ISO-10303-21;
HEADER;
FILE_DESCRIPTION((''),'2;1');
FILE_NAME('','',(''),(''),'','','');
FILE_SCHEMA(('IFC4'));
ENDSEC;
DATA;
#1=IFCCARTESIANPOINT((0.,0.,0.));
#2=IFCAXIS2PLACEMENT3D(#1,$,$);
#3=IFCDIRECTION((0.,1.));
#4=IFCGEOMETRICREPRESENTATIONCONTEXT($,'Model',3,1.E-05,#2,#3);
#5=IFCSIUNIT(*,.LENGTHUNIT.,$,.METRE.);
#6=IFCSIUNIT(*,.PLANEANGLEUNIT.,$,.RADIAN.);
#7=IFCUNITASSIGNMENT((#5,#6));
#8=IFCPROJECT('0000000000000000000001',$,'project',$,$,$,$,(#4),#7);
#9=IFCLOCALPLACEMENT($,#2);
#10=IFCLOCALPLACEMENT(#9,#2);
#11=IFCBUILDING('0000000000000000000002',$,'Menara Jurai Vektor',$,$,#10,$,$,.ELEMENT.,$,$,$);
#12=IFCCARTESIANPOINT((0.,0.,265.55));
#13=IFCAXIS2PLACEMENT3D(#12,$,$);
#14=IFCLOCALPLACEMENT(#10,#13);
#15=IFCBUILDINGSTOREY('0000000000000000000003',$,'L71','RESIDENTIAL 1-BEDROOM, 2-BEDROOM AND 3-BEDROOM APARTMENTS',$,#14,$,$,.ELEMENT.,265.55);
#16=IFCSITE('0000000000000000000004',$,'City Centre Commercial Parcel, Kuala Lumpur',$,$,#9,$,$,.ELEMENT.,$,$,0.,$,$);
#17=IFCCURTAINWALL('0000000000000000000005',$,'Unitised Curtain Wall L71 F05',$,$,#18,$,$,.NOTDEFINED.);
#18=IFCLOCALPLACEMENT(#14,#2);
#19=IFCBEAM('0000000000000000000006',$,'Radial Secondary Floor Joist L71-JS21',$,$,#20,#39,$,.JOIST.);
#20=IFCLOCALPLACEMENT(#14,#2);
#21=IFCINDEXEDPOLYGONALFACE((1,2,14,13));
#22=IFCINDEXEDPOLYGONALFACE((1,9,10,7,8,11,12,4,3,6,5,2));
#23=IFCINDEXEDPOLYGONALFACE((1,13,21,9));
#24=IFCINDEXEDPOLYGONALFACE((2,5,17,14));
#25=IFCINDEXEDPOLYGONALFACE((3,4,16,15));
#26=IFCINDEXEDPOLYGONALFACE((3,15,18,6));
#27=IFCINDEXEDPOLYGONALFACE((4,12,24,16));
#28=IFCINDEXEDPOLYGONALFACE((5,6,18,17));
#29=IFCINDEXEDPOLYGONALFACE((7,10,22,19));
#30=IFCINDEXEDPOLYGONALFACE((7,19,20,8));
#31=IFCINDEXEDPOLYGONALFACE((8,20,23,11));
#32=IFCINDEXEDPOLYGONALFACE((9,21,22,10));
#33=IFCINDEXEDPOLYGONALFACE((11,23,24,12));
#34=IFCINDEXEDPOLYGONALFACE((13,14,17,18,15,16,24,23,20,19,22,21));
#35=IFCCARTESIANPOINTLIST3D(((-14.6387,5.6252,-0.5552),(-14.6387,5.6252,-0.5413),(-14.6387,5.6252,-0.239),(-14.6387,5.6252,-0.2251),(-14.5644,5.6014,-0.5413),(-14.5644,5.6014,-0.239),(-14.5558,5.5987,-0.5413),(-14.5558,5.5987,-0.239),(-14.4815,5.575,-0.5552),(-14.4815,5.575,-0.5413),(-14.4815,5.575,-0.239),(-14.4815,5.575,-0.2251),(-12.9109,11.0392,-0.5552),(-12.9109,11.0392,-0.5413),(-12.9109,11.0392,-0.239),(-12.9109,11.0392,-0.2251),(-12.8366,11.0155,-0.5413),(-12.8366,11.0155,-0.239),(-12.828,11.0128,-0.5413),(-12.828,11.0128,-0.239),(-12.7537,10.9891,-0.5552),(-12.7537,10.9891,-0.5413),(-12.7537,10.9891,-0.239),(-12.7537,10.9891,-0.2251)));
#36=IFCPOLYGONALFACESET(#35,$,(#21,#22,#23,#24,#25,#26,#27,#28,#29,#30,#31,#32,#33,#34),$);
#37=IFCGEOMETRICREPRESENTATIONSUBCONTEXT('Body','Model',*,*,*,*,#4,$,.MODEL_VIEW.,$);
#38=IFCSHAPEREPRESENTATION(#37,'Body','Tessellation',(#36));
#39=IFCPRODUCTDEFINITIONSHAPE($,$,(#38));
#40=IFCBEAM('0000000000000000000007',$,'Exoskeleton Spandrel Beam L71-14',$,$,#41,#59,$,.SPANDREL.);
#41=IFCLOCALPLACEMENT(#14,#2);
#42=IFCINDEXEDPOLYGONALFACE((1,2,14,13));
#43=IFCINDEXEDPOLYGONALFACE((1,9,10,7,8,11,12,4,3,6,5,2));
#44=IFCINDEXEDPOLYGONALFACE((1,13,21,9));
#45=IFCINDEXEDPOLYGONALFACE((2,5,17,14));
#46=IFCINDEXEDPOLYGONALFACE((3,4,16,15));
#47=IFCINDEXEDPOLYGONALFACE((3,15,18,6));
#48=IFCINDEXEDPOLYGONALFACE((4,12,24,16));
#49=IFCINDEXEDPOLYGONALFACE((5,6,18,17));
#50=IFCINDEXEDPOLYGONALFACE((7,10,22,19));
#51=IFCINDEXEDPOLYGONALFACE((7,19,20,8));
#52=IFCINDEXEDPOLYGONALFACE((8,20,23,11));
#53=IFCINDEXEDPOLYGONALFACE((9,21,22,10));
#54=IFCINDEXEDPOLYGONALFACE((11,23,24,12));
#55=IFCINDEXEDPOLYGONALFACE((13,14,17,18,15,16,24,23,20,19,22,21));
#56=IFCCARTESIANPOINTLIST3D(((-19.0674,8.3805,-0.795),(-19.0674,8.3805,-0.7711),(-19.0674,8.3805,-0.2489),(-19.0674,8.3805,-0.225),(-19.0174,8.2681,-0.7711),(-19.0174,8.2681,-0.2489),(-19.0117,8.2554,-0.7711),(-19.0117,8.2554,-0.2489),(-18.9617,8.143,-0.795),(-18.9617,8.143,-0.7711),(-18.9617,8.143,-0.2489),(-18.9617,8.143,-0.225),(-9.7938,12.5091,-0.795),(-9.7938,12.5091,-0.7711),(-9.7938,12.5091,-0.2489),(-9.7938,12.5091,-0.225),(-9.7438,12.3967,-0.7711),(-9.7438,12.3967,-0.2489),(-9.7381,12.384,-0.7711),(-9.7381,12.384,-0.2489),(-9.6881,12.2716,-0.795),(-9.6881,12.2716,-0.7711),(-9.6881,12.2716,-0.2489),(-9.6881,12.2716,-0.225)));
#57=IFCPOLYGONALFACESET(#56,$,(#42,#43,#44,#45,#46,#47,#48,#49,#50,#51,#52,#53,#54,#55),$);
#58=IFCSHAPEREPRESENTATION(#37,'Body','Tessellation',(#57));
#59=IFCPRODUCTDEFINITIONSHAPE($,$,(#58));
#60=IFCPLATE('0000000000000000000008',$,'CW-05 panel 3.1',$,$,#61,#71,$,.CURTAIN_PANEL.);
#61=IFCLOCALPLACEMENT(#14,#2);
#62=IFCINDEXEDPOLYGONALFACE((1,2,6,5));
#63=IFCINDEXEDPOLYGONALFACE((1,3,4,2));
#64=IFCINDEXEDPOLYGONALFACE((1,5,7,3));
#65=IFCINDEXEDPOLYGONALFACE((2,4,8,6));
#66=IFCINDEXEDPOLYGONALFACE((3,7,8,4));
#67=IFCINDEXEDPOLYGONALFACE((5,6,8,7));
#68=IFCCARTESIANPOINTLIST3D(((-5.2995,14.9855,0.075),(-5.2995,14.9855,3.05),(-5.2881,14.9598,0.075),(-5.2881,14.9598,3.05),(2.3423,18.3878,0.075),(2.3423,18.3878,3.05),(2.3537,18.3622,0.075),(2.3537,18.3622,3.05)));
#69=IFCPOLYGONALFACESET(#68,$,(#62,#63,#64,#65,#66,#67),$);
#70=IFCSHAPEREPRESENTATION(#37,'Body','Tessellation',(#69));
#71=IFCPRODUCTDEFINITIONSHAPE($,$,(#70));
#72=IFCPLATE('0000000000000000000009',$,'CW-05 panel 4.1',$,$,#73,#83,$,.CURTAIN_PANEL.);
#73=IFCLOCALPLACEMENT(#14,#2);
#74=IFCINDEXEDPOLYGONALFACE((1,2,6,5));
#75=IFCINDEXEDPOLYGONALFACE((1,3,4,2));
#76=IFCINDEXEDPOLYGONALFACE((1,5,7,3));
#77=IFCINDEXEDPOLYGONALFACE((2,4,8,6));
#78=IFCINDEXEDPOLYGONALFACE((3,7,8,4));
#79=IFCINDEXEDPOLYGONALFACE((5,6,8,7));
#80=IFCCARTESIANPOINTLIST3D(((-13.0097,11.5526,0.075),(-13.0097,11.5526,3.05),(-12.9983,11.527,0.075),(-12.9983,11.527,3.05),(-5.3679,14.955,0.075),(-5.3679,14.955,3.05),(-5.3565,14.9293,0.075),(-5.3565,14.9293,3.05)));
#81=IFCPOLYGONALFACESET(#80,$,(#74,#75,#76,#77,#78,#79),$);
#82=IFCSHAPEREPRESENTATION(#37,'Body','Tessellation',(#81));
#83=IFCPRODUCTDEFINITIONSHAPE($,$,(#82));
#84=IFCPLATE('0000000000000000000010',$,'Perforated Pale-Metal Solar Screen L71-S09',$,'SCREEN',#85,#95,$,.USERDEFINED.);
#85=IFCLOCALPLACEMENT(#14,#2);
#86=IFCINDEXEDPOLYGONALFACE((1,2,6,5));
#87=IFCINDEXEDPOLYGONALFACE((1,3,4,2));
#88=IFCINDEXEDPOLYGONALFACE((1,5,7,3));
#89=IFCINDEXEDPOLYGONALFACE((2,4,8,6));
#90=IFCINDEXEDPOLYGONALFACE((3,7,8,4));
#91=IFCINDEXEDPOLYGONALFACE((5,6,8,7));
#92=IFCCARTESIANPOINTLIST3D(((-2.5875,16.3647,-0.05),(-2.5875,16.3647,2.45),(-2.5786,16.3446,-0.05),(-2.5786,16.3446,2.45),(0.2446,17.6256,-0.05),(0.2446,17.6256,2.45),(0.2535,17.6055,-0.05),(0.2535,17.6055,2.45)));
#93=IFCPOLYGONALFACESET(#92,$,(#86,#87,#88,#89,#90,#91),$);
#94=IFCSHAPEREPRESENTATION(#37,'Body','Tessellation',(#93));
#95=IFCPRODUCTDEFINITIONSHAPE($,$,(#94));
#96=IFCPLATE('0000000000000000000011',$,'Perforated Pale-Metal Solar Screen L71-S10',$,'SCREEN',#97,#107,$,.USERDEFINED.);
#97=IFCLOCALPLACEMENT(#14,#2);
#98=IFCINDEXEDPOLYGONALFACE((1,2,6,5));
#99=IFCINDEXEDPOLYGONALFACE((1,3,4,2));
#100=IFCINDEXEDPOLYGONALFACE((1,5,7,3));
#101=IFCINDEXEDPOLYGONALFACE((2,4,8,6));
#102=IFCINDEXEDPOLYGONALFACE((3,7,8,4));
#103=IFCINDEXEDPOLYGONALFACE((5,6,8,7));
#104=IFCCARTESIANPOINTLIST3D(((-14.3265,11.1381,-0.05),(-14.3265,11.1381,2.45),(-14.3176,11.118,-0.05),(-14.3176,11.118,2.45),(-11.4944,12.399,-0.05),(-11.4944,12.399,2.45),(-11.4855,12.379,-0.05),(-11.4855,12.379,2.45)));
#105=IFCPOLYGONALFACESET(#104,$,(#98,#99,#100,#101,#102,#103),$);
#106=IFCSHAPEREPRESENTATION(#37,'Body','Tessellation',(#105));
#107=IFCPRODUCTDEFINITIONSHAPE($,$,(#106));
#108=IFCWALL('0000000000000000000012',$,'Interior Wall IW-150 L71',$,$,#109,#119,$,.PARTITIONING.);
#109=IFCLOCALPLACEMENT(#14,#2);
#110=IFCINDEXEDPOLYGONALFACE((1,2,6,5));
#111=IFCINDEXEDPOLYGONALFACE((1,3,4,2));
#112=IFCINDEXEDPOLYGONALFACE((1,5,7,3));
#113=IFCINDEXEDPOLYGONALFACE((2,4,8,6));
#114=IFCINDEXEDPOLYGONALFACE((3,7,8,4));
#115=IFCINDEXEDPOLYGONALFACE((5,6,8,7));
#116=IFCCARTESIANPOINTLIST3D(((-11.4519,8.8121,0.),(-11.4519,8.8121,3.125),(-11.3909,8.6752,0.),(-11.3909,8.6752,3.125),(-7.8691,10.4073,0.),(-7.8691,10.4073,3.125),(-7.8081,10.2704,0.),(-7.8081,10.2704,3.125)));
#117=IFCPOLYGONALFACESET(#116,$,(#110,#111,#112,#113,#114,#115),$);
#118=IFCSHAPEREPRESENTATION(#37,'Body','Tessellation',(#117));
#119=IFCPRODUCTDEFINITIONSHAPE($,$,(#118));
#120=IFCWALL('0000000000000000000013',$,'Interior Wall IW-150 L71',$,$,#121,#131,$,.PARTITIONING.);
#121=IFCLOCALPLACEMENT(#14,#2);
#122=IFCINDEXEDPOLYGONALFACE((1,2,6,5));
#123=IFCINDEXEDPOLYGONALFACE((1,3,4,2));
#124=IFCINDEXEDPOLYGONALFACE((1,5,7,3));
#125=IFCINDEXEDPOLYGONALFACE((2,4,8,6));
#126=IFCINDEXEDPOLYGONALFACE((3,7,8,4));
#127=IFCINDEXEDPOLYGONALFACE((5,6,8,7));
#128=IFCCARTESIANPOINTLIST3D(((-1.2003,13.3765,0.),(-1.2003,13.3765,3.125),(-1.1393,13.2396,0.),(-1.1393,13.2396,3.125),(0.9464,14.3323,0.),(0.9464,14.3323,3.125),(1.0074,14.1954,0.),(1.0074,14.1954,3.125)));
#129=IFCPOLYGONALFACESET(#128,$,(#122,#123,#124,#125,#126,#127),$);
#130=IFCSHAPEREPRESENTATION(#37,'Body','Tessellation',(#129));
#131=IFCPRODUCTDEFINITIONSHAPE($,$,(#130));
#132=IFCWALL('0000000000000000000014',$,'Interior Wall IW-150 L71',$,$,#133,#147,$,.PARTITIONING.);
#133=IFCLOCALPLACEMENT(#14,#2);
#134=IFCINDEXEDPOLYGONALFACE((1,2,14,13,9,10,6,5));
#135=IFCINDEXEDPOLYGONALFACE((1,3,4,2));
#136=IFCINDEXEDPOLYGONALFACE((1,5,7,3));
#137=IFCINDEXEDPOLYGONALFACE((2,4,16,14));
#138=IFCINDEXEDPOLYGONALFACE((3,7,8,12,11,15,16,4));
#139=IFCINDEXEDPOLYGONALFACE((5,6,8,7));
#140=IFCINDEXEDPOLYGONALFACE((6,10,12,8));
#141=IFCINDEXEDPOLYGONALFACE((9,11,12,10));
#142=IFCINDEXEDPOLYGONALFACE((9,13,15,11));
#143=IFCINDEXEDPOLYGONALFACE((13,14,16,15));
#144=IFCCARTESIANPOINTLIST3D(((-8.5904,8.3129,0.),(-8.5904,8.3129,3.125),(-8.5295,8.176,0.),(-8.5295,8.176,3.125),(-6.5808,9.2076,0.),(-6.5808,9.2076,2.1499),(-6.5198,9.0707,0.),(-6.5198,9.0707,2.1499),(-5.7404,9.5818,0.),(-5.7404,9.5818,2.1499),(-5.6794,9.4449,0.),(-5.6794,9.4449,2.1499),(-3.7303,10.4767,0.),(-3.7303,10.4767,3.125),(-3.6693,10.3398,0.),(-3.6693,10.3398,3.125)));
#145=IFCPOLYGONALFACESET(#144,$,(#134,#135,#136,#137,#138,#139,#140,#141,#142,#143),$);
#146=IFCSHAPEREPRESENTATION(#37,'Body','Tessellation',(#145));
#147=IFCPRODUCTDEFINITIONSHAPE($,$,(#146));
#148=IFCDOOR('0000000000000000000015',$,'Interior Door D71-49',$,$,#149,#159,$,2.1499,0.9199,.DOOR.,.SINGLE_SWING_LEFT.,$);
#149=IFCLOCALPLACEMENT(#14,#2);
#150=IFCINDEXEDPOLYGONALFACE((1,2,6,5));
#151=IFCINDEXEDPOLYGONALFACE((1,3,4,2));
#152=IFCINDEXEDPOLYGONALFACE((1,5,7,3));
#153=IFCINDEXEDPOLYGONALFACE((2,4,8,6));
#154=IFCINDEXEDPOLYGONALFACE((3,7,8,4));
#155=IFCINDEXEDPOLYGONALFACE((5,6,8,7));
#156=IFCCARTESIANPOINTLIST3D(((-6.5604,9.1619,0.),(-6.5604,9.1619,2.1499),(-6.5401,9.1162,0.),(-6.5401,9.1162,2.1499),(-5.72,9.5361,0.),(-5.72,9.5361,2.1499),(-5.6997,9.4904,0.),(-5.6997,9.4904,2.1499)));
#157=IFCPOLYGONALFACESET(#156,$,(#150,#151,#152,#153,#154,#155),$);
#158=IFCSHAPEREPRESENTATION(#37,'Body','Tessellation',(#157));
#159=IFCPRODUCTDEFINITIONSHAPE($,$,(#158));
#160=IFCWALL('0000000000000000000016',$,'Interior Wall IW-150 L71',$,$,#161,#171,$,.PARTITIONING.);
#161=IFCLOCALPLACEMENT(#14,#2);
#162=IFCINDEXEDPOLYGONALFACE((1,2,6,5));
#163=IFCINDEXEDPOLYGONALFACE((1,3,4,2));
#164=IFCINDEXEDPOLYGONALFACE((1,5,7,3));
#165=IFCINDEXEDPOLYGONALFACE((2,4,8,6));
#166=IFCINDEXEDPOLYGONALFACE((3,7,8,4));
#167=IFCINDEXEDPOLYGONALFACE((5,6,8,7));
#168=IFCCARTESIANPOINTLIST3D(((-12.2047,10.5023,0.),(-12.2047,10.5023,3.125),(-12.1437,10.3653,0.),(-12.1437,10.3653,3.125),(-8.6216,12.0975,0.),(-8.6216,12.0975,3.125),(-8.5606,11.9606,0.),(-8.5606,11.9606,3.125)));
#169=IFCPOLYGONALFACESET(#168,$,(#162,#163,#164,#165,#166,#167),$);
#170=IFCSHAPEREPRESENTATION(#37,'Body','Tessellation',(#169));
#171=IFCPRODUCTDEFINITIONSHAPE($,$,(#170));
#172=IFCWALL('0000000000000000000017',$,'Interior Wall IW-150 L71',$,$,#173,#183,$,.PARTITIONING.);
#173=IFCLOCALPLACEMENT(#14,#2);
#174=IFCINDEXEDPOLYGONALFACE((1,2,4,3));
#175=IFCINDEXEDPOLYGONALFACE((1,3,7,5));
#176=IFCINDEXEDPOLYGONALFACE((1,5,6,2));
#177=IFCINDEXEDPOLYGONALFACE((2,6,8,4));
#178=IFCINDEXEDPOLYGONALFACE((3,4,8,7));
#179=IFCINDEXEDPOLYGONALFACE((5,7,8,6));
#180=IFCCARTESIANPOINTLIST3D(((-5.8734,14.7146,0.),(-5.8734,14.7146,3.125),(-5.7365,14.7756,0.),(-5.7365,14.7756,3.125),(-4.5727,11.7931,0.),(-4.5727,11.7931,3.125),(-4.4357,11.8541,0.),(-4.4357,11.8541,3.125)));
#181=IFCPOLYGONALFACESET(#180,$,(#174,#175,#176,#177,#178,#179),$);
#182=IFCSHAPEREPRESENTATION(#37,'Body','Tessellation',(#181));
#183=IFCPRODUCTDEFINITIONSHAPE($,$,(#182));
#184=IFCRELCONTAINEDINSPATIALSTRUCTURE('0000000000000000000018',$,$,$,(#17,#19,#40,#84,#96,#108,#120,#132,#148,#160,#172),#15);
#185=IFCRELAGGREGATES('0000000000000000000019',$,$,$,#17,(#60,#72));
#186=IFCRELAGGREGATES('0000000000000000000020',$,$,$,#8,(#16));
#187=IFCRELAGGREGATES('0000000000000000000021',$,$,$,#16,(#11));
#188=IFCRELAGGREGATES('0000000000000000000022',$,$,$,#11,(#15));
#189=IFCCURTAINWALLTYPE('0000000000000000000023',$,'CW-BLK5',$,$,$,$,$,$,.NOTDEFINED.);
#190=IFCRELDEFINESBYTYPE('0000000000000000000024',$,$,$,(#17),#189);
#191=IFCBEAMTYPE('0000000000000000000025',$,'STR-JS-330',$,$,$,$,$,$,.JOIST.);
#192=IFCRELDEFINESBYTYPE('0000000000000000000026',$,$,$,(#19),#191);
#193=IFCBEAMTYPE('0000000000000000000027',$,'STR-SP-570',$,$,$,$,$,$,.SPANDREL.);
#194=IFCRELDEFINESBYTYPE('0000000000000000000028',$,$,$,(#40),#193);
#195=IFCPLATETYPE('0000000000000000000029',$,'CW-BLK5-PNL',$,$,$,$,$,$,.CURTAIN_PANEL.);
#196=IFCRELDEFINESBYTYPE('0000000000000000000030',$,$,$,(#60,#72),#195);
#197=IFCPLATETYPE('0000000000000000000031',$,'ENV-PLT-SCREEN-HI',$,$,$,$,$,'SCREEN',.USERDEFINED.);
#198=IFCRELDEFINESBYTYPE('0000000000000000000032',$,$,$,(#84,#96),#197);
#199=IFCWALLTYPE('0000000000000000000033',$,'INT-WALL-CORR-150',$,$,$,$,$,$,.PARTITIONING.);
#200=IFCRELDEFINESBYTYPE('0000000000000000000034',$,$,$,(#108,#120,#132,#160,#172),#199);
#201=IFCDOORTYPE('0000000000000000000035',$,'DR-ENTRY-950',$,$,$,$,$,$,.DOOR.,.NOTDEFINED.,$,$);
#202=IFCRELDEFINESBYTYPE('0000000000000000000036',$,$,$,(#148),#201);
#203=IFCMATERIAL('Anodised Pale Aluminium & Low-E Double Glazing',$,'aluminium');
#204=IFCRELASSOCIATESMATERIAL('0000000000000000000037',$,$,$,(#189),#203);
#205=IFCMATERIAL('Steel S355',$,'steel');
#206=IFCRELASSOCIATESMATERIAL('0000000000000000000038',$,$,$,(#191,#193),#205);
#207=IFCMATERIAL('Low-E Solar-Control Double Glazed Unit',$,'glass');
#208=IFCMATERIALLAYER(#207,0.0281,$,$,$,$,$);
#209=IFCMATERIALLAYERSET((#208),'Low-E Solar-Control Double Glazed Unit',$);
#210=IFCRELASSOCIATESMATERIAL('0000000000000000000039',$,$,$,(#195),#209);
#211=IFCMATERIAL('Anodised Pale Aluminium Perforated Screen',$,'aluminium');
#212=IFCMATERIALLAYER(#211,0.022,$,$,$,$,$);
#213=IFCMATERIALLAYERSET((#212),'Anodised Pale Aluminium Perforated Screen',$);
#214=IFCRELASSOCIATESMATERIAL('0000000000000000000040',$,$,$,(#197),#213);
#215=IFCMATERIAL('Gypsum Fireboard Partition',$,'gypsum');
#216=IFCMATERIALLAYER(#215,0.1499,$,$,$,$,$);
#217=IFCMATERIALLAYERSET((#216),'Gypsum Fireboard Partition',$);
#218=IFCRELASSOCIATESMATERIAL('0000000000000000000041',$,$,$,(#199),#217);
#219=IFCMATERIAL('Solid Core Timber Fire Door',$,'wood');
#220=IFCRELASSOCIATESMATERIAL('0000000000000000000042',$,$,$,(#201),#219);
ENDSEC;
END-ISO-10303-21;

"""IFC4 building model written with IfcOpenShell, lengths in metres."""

from ifc_helpers import new_model, si_unit, direction, frame, frame_2d, origin, origin_2d, place, context, subcontext, project, spatial, rectangle, i_section, extrude, material, layer, layer_set, material_profile, profile_set, type_object, element, fill, aggregate, save


model = new_model("IFC4")

# Units and contexts
model_context = context("Model", 3, precision=1e-05, world=origin(), true_north=direction((0.0, 1.0)))
body_context = subcontext(model_context, "Body", "Model", "MODEL_VIEW")
ifc_project = project(units=[si_unit("LENGTHUNIT", "METRE"), si_unit("PLANEANGLEUNIT", "RADIAN")], contexts=[model_context])

# Site, building, storey
site_placement = place(None, origin())
site = spatial("IfcSite", under=ifc_project, at=site_placement, Name="City Centre Commercial Parcel, Kuala Lumpur", CompositionType="ELEMENT", RefElevation=0.0)
building_placement = place(site_placement, origin())
building = spatial("IfcBuilding", under=site, at=building_placement, Name="Menara Jurai Vektor", CompositionType="ELEMENT")
storey_placement = place(building_placement, frame((0.0, 0.0, 265.55)))
storey = spatial("IfcBuildingStorey", under=building, at=storey_placement, Name="L71", Description="RESIDENTIAL 1-BEDROOM, 2-BEDROOM AND 3-BEDROOM APARTMENTS", CompositionType="ELEMENT", Elevation=265.55)

# Curtain wall
ifc_material_1 = material(Name="Anodised Pale Aluminium & Low-E Double Glazing", Category="aluminium")
curtain_wall_type = type_object("IfcCurtainWallType", Name="CW-BLK5", PredefinedType="NOTDEFINED", material=ifc_material_1)
curtain_wall_placement = place(storey_placement, origin())
curtain_wall = element("IfcCurtainWall", 1, at=curtain_wall_placement, inside=storey, type_object=curtain_wall_type, Name="Unitised Curtain Wall L71 F05", PredefinedType="NOTDEFINED")

# Beams
ifc_material_2 = material(Name="Steel S355", Category="steel")
ifc_material_profile_1 = material_profile(ifc_material_2, i_section(OverallWidth=0.165, OverallDepth=0.3301, WebThickness=0.009, FlangeThickness=0.0139, at=origin_2d()), Name="PG 330x165x46")
ifc_profile_set_1 = profile_set([ifc_material_profile_1], Name="Steel S355")
beam_type_1 = type_object("IfcBeamType", Name="STR-JS-330", PredefinedType="JOIST", material=ifc_profile_set_1)
beam_1_placement = place(storey_placement, frame((-12.8323, 11.0142, -0.3901), z_axis=(-0.304023, -0.952665, 0.0), x_axis=(0.952665, -0.304023, 0.0)))
element("IfcBeam", 2, at=beam_1_placement, inside=storey, type_object=beam_type_1, Name="Radial Secondary Floor Joist L71-JS21", PredefinedType="JOIST", context=body_context, shape_type="SweptSolid", body=[
    extrude(i_section(OverallWidth=0.165, OverallDepth=0.3301, WebThickness=0.009, FlangeThickness=0.0139, at=origin_2d()), origin(), (0.0, 0.0, 1.0), 5.6831),
])
ifc_material_profile_2 = material_profile(ifc_material_2, i_section(OverallWidth=0.26, OverallDepth=0.5701, WebThickness=0.0139, FlangeThickness=0.0239, at=origin_2d()), Name="PG 570x260x145")
ifc_profile_set_2 = profile_set([ifc_material_profile_2], Name="Steel S355")
beam_type_2 = type_object("IfcBeamType", Name="STR-SP-570", PredefinedType="SPANDREL", material=ifc_profile_set_2)
beam_2_placement = place(storey_placement, frame((-9.741, 12.3904, -0.51), z_axis=(-0.913554, -0.406716, 0.0), x_axis=(0.406716, -0.913554, 0.0)))
element("IfcBeam", 3, at=beam_2_placement, inside=storey, type_object=beam_type_2, Name="Exoskeleton Spandrel Beam L71-14", PredefinedType="SPANDREL", context=body_context, shape_type="SweptSolid", body=[
    extrude(i_section(OverallWidth=0.26, OverallDepth=0.5701, WebThickness=0.0139, FlangeThickness=0.0239, at=origin_2d()), origin(), (0.0, 0.0, 1.0), 10.1511),
])

# Plates
ifc_material_3 = material(Name="Low-E Solar-Control Double Glazed Unit", Category="glass")
ifc_layer_1 = layer(ifc_material_3, 0.0281)
ifc_layer_set_1 = layer_set([ifc_layer_1], Name="Low-E Solar-Control Double Glazed Unit")
plate_type_1 = type_object("IfcPlateType", Name="CW-BLK5-PNL", PredefinedType="CURTAIN_PANEL", material=ifc_layer_set_1)
plate_1_placement = place(storey_placement, frame((-1.4729, 16.6738, 0.075), z_axis=(0.0, 0.0, 1.0), x_axis=(-0.913546, -0.406735, 0.0)))
plate_1 = element("IfcPlate", 4, at=plate_1_placement, type_object=plate_type_1, Name="CW-05 panel 3.1", PredefinedType="CURTAIN_PANEL", context=body_context, shape_type="SweptSolid", body=[
    extrude(rectangle(XDim=8.365, YDim=0.0281, at=origin_2d()), origin(), (0.0, 0.0, 1.0), 2.9751),
])
plate_2_placement = place(storey_placement, frame((-9.1831, 13.241, 0.075), z_axis=(0.0, 0.0, 1.0), x_axis=(-0.913546, -0.406735, 0.0)))
plate_2 = element("IfcPlate", 5, at=plate_2_placement, type_object=plate_type_1, Name="CW-05 panel 4.1", PredefinedType="CURTAIN_PANEL", context=body_context, shape_type="SweptSolid", body=[
    extrude(rectangle(XDim=8.365, YDim=0.0281, at=origin_2d()), origin(), (0.0, 0.0, 1.0), 2.9751),
])
aggregate(curtain_wall, [plate_1, plate_2])

# Plates
ifc_material_4 = material(Name="Anodised Pale Aluminium Perforated Screen", Category="aluminium")
ifc_layer_2 = layer(ifc_material_4, 0.022)
ifc_layer_set_2 = layer_set([ifc_layer_2], Name="Anodised Pale Aluminium Perforated Screen")
plate_type_2 = type_object("IfcPlateType", Name="ENV-PLT-SCREEN-HI", ElementType="SCREEN", PredefinedType="USERDEFINED", material=ifc_layer_set_2)
for number, where, z_axis, x_axis, name in (
    (6, (-1.167, 16.9851, -0.05), (0.0, 0.0, 1.0), (-0.913545, -0.406737, 0.0), "Perforated Pale-Metal Solar Screen L71-S09"),
    (7, (-12.906, 11.7585, -0.05), (0.0, 0.0, 1.0), (-0.913545, -0.406737, 0.0), "Perforated Pale-Metal Solar Screen L71-S10"),
):
    element("IfcPlate", number, at=place(storey_placement, frame(where, z_axis=z_axis, x_axis=x_axis)), inside=storey, type_object=plate_type_2, Name=name, ObjectType="SCREEN", PredefinedType="USERDEFINED", context=body_context, shape_type="SweptSolid", body=[
        extrude(rectangle(XDim=3.1001, YDim=0.022, at=origin_2d()), origin(), (0.0, 0.0, 1.0), 2.5),
    ])

# Shared definitions
ifc_material_5 = material(Name="Gypsum Fireboard Partition", Category="gypsum")
ifc_layer_3 = layer(ifc_material_5, 0.1499)
ifc_layer_set_3 = layer_set([ifc_layer_3], Name="Gypsum Fireboard Partition")
wall_type_1 = type_object("IfcWallType", Name="INT-WALL-CORR-150", PredefinedType="PARTITIONING", material=ifc_layer_set_3)
ifc_material_6 = material(Name="Solid Core Timber Fire Door", Category="wood")
door_type_1 = type_object("IfcDoorType", Name="DR-ENTRY-950", OperationType="NOTDEFINED", PredefinedType="DOOR", material=ifc_material_6)

# Wall
wall_1_placement = place(storey_placement, frame((-11.4214, 8.7437, 0.0), z_axis=(0.0, 0.0, 1.0), x_axis=(0.913539, 0.406751, 0.0)))
element("IfcWall", 8, at=wall_1_placement, inside=storey, type_object=wall_type_1, Name="Interior Wall IW-150 L71", PredefinedType="PARTITIONING", context=body_context, shape_type="SweptSolid", body=[
    extrude(rectangle(XDim=3.9219, YDim=0.1499, at=frame_2d((1.9609, 0.0))), origin(), (0.0, 0.0, 1.0), 3.125),
])

# Wall
wall_2_placement = place(storey_placement, frame((-1.1697, 13.3081, 0.0), z_axis=(0.0, 0.0, 1.0), x_axis=(0.913541, 0.406746, 0.0)))
element("IfcWall", 9, at=wall_2_placement, inside=storey, type_object=wall_type_1, Name="Interior Wall IW-150 L71", PredefinedType="PARTITIONING", context=body_context, shape_type="SweptSolid", body=[
    extrude(rectangle(XDim=2.3499, YDim=0.1499, at=frame_2d((1.1748, 0.0))), origin(), (0.0, 0.0, 1.0), 3.125),
])

# Wall, opening, door
wall_3_placement = place(storey_placement, frame((-8.5601, 8.2444, 0.0), z_axis=(0.0, 0.0, 1.0), x_axis=(0.913548, 0.40673, 0.0)))
wall_3 = element("IfcWall", 10, at=wall_3_placement, inside=storey, type_object=wall_type_1, Name="Interior Wall IW-150 L71", PredefinedType="PARTITIONING", context=body_context, shape_type="SweptSolid", body=[
    extrude(rectangle(XDim=5.3201, YDim=0.1499, at=frame_2d((2.6602, 0.0))), origin(), (0.0, 0.0, 1.0), 3.125),
])
opening_1_placement = place(wall_3_placement, frame((2.2, 0.0, 0.0)))
opening_1 = element("IfcOpeningElement", 11, at=opening_1_placement, cuts=wall_3, PredefinedType="OPENING", context=body_context, shape_type="SweptSolid", body=[
    extrude(rectangle(XDim=0.9199, YDim=2.1499, at=frame_2d((0.46, 1.075))), frame((0.0, 0.085, 0.0), z_axis=(0.0, -1.0, 0.0), x_axis=(1.0, 0.0, 0.0)), (0.0, 0.0, 1.0), 0.1699),
])
door_1_placement = place(opening_1_placement, origin())
door_1 = element("IfcDoor", 12, at=door_1_placement, inside=storey, type_object=door_type_1, Name="Interior Door D71-49", OperationType="SINGLE_SWING_LEFT", OverallHeight=2.1499, OverallWidth=0.9199, PredefinedType="DOOR", context=body_context, shape_type="SweptSolid", body=[
    extrude(rectangle(XDim=0.9199, YDim=2.1499, at=frame_2d((0.46, 1.075))), frame((0.0, 0.0249, 0.0), z_axis=(0.0, -1.0, 0.0), x_axis=(1.0, 0.0, 0.0)), (0.0, 0.0, 1.0), 0.05),
])
fill(opening_1, door_1)

# Wall
wall_4_placement = place(storey_placement, frame((-12.1741, 10.4338, 0.0), z_axis=(0.0, 0.0, 1.0), x_axis=(0.91355, 0.406727, 0.0)))
element("IfcWall", 13, at=wall_4_placement, inside=storey, type_object=wall_type_1, Name="Interior Wall IW-150 L71", PredefinedType="PARTITIONING", context=body_context, shape_type="SweptSolid", body=[
    extrude(rectangle(XDim=3.9221, YDim=0.1499, at=frame_2d((1.9609, 0.0))), origin(), (0.0, 0.0, 1.0), 3.125),
])

# Wall
wall_5_placement = place(storey_placement, frame((-4.5042, 11.8235, 0.0), z_axis=(0.0, 0.0, 1.0), x_axis=(-0.406733, 0.913547, 0.0)))
element("IfcWall", 14, at=wall_5_placement, inside=storey, type_object=wall_type_1, Name="Interior Wall IW-150 L71", PredefinedType="PARTITIONING", context=body_context, shape_type="SweptSolid", body=[
    extrude(rectangle(XDim=3.198, YDim=0.1499, at=frame_2d((1.5991, 0.0))), origin(), (0.0, 0.0, 1.0), 3.125),
])

save(model, "model.ifc")
